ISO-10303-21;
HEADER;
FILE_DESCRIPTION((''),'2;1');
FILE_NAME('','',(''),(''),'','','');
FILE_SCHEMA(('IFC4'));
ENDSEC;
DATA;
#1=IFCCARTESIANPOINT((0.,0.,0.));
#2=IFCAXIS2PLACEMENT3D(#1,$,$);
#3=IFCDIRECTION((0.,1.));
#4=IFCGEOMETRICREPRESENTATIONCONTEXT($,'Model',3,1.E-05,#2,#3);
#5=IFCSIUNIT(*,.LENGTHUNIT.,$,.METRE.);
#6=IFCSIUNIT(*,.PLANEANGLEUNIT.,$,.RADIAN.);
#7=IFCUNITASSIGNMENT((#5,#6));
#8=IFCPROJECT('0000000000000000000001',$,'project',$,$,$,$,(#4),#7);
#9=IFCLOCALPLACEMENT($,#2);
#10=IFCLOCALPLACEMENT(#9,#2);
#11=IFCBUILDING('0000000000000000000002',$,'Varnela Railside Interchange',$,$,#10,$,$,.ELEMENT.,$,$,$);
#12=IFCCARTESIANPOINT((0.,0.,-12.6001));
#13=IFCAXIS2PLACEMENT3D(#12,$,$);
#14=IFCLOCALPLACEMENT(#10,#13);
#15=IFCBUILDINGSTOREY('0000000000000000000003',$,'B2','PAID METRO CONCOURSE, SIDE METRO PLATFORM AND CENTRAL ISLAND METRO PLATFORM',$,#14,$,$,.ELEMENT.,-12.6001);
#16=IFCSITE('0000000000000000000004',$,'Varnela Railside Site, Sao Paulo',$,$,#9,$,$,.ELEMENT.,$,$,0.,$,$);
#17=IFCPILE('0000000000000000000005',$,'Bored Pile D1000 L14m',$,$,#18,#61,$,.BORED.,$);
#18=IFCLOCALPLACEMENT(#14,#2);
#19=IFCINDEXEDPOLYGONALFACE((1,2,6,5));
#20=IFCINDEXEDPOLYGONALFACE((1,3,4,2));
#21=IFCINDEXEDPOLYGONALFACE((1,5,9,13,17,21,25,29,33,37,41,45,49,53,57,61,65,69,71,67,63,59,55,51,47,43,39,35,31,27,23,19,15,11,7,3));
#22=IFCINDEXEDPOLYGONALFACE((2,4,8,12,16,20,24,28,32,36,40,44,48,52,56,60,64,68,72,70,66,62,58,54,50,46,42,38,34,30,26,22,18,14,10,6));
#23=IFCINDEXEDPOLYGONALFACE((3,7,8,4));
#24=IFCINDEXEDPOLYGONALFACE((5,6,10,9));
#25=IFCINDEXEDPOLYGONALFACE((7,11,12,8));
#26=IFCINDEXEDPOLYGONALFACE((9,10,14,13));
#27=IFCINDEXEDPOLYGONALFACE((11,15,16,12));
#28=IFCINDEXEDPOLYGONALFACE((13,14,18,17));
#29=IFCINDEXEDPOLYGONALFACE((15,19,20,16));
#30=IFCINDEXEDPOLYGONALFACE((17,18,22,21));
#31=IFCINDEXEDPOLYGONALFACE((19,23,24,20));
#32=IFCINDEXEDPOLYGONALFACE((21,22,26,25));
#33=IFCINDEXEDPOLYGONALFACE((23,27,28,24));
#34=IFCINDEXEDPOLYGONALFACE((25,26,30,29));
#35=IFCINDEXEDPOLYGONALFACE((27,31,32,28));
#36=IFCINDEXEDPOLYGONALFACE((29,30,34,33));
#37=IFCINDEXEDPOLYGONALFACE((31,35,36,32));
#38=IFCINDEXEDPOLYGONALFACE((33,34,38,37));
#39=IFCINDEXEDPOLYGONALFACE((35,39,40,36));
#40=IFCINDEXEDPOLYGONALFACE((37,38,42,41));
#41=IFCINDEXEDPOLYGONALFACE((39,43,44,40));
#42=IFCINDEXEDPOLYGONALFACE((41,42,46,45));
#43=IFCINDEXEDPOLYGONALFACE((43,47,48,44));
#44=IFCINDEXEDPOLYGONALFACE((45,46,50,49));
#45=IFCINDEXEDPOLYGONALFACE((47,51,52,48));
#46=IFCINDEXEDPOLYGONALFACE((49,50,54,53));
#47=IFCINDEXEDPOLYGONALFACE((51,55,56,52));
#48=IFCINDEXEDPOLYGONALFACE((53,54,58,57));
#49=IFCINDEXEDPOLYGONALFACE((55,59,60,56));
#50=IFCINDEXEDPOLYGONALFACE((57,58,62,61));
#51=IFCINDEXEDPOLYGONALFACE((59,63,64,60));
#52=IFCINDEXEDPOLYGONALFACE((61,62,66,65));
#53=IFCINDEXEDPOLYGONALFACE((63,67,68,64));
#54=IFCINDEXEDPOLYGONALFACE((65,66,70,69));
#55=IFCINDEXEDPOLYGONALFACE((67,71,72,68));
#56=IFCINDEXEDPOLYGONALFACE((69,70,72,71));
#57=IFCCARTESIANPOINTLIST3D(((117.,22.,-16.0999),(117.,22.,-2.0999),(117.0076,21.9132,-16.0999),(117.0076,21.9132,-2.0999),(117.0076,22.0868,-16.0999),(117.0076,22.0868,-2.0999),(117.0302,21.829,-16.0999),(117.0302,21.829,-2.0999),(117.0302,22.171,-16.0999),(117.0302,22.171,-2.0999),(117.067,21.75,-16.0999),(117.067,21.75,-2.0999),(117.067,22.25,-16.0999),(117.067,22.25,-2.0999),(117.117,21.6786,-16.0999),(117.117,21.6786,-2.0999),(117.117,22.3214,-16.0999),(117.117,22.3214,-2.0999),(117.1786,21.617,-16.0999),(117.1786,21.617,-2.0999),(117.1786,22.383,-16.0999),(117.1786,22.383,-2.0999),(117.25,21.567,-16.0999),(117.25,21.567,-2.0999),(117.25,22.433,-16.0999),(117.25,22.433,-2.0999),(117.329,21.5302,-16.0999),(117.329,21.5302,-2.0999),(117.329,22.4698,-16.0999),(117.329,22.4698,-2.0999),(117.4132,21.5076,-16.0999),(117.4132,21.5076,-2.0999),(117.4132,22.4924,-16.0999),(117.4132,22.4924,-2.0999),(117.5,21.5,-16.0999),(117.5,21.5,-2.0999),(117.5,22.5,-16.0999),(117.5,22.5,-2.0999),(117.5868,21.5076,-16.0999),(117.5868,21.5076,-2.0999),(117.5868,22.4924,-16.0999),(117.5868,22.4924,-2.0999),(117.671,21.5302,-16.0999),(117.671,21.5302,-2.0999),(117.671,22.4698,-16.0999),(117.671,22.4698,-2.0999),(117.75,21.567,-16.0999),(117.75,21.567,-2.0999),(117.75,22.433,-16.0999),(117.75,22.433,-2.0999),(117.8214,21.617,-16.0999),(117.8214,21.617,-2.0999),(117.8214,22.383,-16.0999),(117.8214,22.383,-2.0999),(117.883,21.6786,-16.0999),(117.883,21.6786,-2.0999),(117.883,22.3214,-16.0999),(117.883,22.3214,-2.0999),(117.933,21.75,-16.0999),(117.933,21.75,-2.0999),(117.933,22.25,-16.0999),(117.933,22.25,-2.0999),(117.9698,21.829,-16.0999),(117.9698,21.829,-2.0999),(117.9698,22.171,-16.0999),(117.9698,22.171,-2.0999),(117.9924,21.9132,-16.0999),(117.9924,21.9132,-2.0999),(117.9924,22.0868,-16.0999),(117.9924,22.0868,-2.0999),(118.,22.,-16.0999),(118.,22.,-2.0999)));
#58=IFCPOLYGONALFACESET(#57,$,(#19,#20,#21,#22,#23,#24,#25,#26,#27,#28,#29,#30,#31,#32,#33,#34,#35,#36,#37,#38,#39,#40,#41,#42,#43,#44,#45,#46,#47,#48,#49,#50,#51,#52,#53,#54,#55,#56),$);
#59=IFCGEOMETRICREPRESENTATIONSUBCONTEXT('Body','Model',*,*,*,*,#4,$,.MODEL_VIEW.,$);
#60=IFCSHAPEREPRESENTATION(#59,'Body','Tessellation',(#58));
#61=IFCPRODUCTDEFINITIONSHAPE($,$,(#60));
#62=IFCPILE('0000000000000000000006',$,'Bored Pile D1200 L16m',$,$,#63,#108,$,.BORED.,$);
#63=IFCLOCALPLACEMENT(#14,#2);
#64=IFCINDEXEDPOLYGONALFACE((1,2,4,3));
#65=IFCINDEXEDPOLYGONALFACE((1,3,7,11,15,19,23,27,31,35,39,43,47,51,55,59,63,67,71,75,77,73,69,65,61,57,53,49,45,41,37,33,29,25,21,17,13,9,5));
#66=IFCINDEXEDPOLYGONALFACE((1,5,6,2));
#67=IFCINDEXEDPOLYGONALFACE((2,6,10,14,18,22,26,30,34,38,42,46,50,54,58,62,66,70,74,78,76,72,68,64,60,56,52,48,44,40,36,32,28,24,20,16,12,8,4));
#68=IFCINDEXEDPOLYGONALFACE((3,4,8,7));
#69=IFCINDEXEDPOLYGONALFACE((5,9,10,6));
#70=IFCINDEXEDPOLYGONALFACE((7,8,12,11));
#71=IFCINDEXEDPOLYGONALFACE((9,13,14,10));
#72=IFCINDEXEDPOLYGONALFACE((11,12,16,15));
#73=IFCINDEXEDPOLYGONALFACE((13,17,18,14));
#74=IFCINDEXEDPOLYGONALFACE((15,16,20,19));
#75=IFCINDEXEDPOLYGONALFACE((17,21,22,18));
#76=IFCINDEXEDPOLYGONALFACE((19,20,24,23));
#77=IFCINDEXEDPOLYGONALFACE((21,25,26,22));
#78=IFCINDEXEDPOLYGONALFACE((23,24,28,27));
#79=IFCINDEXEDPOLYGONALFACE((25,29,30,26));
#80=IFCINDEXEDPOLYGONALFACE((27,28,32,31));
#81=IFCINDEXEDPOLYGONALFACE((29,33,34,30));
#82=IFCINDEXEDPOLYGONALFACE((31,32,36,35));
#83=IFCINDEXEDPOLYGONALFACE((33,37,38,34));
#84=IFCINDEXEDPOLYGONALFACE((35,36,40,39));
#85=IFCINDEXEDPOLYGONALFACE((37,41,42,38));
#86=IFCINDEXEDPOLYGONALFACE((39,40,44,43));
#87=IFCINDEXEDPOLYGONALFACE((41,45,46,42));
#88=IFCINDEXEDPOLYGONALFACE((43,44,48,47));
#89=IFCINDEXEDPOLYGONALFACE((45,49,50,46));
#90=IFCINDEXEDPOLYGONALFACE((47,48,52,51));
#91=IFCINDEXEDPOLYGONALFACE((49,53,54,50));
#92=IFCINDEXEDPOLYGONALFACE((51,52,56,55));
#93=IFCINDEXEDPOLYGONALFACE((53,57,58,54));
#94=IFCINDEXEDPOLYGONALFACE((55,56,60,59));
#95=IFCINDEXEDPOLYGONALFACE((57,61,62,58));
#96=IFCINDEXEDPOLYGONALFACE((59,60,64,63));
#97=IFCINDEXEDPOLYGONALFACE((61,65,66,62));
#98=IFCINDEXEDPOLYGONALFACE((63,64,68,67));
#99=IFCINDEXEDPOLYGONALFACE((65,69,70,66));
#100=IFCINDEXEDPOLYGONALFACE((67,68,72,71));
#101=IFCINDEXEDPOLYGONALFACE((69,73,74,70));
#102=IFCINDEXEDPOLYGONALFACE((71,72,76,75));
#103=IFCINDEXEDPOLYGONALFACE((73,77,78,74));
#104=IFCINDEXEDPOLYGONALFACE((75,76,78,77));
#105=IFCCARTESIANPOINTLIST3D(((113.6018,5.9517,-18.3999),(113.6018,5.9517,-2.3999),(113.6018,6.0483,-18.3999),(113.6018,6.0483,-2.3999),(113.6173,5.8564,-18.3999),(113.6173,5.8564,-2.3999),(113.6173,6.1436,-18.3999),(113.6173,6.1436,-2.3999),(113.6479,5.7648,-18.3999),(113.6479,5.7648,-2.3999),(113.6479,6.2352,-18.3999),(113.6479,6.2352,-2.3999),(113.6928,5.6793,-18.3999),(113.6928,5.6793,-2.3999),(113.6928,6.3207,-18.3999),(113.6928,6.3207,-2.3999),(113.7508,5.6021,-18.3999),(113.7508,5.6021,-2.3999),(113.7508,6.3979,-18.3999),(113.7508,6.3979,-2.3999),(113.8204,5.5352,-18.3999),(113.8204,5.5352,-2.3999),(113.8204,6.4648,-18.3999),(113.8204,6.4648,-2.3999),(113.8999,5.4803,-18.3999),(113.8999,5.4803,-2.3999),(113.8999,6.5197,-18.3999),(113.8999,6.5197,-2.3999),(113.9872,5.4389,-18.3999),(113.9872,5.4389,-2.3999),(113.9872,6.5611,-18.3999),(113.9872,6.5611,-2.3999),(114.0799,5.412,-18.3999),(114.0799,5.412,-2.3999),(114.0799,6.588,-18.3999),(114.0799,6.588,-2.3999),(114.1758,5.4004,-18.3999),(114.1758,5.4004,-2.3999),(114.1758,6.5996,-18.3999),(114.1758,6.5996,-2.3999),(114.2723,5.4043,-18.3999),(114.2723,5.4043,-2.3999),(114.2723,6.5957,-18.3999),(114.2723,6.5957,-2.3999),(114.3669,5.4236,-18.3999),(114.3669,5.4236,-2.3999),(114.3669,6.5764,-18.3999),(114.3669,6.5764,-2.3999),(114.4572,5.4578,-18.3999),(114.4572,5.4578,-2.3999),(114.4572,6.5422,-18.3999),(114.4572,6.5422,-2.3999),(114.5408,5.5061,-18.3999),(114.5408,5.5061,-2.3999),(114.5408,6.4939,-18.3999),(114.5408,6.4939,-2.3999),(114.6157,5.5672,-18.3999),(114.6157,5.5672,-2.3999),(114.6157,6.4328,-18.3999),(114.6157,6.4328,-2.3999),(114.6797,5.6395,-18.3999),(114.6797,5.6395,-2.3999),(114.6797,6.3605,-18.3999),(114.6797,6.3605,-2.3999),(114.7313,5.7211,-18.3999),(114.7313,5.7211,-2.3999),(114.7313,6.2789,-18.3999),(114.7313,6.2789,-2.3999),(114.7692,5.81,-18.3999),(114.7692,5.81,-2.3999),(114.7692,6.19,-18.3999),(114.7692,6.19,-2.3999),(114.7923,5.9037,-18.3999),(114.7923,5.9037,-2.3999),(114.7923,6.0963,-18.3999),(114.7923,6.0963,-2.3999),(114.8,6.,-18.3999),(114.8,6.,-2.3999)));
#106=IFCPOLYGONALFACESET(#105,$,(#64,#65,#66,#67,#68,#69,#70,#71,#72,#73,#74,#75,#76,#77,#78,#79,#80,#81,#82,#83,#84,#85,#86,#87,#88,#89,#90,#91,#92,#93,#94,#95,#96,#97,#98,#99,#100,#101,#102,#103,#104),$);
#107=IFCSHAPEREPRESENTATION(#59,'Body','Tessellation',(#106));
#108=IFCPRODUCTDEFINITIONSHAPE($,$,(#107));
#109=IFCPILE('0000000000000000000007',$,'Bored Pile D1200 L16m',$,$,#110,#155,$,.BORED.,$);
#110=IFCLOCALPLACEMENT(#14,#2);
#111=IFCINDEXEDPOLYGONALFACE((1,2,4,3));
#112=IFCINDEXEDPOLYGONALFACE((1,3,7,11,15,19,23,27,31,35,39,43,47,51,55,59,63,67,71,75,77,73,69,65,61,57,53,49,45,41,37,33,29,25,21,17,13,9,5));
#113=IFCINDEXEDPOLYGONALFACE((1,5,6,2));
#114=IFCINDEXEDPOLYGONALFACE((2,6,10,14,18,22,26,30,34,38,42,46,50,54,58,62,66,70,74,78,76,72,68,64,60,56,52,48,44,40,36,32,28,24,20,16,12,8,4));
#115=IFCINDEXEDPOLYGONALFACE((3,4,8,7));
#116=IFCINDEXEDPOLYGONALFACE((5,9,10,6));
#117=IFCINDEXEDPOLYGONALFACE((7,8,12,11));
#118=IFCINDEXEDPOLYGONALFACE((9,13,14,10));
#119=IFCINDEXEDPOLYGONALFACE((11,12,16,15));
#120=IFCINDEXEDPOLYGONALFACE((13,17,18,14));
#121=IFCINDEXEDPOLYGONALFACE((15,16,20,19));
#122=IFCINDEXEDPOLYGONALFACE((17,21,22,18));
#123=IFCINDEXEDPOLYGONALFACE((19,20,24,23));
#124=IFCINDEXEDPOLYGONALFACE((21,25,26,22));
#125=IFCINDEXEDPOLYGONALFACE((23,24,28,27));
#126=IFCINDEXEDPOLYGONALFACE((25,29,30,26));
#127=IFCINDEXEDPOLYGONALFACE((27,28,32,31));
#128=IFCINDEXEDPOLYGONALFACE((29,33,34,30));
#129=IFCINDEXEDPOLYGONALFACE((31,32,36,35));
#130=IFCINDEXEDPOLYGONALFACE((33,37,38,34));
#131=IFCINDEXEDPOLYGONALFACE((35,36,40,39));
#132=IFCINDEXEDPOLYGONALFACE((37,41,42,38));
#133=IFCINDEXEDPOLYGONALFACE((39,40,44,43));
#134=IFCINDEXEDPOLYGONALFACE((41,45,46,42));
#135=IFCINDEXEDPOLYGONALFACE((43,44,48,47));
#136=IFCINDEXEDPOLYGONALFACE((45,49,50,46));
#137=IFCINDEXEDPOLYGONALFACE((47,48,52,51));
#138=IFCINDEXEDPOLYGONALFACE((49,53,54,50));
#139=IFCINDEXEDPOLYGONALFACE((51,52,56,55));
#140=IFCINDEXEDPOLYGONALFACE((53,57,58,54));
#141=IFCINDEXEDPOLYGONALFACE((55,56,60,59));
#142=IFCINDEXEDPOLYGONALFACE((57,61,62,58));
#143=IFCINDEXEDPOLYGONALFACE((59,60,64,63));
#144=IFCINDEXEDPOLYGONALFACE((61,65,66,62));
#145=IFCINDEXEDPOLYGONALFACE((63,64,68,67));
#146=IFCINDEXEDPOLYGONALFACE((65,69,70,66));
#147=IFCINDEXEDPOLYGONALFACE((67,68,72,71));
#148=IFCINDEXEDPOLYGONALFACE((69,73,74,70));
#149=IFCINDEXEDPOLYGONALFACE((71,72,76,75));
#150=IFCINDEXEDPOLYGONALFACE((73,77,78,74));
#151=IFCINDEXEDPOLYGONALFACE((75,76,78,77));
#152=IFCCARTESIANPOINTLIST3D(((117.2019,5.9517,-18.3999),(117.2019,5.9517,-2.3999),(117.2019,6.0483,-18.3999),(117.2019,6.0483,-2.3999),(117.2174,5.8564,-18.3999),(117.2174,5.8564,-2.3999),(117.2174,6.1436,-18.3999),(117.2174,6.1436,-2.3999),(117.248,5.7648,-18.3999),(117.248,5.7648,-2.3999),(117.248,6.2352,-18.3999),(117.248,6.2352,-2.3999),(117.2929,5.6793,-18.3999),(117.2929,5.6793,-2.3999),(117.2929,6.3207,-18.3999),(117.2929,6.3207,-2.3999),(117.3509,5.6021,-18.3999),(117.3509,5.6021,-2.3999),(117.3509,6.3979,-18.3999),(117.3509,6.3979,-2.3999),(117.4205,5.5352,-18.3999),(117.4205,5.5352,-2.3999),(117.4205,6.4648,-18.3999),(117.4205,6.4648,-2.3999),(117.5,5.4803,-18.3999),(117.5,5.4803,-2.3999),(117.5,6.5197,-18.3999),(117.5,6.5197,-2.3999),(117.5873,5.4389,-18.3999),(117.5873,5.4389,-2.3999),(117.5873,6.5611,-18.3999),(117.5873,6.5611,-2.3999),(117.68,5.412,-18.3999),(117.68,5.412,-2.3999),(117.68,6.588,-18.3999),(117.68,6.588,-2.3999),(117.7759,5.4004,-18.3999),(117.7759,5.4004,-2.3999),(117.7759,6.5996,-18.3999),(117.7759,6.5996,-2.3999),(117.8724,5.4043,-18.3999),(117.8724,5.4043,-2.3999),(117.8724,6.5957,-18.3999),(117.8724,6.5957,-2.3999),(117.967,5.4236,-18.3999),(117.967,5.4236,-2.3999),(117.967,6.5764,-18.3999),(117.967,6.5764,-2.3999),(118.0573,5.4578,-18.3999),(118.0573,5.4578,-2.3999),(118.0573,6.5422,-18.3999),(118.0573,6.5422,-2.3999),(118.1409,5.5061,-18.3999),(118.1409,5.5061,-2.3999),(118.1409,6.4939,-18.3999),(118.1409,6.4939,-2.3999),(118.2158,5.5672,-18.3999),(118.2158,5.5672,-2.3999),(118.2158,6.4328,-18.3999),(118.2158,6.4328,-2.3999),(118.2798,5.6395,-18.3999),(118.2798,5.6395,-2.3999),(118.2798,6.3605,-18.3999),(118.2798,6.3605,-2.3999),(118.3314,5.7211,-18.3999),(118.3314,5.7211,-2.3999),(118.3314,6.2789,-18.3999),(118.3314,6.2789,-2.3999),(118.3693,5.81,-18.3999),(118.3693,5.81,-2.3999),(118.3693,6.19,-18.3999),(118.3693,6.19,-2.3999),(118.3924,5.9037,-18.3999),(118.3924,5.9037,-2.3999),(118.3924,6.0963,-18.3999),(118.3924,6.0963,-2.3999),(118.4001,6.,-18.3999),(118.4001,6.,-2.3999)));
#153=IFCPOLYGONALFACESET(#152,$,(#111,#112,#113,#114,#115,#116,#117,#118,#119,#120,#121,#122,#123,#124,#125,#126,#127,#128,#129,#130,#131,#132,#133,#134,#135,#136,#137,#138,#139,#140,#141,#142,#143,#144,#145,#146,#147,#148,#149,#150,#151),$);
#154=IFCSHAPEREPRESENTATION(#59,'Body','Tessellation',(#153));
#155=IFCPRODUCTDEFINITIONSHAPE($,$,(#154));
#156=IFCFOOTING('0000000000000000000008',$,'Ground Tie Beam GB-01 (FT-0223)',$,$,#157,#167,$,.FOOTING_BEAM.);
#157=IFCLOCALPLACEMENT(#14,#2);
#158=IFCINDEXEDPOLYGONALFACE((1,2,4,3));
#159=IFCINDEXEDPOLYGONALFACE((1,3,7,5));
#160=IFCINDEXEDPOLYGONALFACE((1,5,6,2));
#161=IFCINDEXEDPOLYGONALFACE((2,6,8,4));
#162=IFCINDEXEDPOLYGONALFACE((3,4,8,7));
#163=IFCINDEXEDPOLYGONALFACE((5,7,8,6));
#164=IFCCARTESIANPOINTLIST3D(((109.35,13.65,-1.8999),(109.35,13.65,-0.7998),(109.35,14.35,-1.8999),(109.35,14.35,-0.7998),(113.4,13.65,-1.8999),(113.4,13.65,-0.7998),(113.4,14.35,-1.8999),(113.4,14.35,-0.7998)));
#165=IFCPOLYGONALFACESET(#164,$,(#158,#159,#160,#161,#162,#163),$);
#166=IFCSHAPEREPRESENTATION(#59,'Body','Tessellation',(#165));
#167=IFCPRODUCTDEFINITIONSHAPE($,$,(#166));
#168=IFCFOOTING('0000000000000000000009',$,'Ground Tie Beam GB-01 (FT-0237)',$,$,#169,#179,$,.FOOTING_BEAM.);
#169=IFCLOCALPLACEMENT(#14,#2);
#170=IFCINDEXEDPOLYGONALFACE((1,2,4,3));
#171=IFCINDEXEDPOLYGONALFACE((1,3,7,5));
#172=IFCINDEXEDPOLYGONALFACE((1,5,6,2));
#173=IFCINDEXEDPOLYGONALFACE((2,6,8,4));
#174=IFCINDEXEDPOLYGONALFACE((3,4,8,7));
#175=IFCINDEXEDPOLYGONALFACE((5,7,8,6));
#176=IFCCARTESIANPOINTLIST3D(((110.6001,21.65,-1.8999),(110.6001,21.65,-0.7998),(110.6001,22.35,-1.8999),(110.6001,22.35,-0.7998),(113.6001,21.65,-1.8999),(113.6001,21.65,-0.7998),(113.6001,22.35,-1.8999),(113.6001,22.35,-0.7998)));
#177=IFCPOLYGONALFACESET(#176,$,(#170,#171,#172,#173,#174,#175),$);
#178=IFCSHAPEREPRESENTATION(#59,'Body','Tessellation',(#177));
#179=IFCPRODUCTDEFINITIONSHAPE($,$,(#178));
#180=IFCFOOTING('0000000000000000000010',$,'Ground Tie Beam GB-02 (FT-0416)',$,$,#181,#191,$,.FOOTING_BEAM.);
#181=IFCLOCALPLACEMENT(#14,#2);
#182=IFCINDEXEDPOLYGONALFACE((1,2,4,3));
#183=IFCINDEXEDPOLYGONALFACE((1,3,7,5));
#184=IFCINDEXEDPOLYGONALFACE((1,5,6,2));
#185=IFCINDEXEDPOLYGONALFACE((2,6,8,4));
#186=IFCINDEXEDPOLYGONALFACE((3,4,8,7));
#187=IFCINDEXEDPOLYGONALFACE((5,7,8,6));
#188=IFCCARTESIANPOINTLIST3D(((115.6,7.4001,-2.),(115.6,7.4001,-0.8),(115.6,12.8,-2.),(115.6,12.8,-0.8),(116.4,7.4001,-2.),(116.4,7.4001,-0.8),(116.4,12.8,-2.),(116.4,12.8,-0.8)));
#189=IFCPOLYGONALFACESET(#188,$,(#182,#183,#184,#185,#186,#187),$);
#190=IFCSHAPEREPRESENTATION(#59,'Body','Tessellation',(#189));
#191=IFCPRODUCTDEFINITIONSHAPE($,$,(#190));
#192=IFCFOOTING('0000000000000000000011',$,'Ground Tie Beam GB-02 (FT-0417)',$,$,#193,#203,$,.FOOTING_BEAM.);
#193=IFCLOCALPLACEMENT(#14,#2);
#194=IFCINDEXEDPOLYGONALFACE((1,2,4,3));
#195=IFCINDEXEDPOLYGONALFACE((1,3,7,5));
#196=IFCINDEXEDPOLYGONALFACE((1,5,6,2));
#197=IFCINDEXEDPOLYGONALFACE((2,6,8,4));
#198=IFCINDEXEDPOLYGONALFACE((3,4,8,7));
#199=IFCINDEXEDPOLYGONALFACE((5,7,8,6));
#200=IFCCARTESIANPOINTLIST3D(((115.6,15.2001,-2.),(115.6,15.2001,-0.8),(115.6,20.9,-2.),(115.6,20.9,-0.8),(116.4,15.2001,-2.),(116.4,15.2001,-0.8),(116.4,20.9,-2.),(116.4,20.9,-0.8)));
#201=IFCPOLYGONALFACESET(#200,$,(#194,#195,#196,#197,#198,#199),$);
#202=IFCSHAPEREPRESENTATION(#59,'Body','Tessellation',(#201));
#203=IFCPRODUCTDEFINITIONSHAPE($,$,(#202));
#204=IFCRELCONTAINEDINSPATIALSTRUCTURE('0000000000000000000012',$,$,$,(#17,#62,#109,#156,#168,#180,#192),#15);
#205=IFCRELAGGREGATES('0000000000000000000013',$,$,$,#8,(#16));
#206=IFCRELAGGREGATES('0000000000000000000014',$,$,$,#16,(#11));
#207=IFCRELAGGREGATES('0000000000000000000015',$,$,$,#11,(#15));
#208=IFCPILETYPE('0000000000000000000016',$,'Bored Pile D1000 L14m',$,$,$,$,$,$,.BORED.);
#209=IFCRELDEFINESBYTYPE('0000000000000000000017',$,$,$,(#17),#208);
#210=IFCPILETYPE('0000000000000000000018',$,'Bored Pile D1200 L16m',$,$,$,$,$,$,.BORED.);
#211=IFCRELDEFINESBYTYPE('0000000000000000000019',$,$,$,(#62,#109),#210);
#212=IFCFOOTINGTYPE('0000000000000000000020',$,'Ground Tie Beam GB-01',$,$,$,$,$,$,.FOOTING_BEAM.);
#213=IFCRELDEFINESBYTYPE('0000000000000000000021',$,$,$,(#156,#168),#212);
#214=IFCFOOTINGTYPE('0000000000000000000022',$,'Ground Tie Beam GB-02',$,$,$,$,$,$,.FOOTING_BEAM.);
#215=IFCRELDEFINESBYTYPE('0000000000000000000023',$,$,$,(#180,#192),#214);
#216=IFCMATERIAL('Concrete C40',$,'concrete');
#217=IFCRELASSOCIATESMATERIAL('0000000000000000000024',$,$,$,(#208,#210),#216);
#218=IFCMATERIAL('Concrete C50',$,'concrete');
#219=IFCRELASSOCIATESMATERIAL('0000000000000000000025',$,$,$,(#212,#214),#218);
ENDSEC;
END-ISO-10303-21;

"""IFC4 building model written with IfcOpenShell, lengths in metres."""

from ifc_helpers import new_model, si_unit, direction, frame, origin, origin_2d, place, context, subcontext, project, spatial, rectangle, circle, extrude, material, material_profile, profile_set, type_object, element, save


model = new_model("IFC4")

# Units and contexts
model_context = context("Model", 3, precision=1e-05, world=origin(), true_north=direction((0.0, 1.0)))
body_context = subcontext(model_context, "Body", "Model", "MODEL_VIEW")
ifc_project = project(units=[si_unit("LENGTHUNIT", "METRE"), si_unit("PLANEANGLEUNIT", "RADIAN")], contexts=[model_context])

# Site, building, storey
site_placement = place(None, origin())
site = spatial("IfcSite", under=ifc_project, at=site_placement, Name="Varnela Railside Site, Sao Paulo", CompositionType="ELEMENT", RefElevation=0.0)
building_placement = place(site_placement, origin())
building = spatial("IfcBuilding", under=site, at=building_placement, Name="Varnela Railside Interchange", CompositionType="ELEMENT")
storey_placement = place(building_placement, frame((0.0, 0.0, -12.6001)))
storey = spatial("IfcBuildingStorey", under=building, at=storey_placement, Name="B2", Description="PAID METRO CONCOURSE, SIDE METRO PLATFORM AND CENTRAL ISLAND METRO PLATFORM", CompositionType="ELEMENT", Elevation=-12.6001)

# Piles
ifc_material_1 = material(Name="Concrete C40", Category="concrete")
ifc_material_profile_1 = material_profile(ifc_material_1, circle(Radius=0.5, at=origin_2d()), Name="BORED PILE D1000")
ifc_profile_set_1 = profile_set([ifc_material_profile_1], Name="Concrete C40")
pile_type_1 = type_object("IfcPileType", Name="Bored Pile D1000 L14m", PredefinedType="BORED", material=ifc_profile_set_1)
for number, where, z_axis, x_axis, name in (
    (1, (117.5, 22.0, -2.0999), (0.0, 0.0, -1.0), (1.0, 0.0, 0.0), "Bored Pile D1000 L14m"),
):
    element("IfcPile", number, at=place(storey_placement, frame(where, z_axis=z_axis, x_axis=x_axis)), inside=storey, type_object=pile_type_1, Name=name, PredefinedType="BORED", context=body_context, shape_type="SweptSolid", body=[
        extrude(circle(Radius=0.5, at=origin_2d()), origin(), (0.0, 0.0, 1.0), 14.0),
    ])
ifc_material_profile_2 = material_profile(ifc_material_1, circle(Radius=0.6001, at=origin_2d()), Name="BORED PILE D1200")
ifc_profile_set_2 = profile_set([ifc_material_profile_2], Name="Concrete C40")
pile_type_2 = type_object("IfcPileType", Name="Bored Pile D1200 L16m", PredefinedType="BORED", material=ifc_profile_set_2)
for number, where, z_axis, x_axis, name in (
    (2, (114.2, 6.0, -2.3999), (0.0, 0.0, -1.0), (1.0, 0.0, 0.0), "Bored Pile D1200 L16m"),
    (3, (117.8, 6.0, -2.3999), (0.0, 0.0, -1.0), (1.0, 0.0, 0.0), "Bored Pile D1200 L16m"),
):
    element("IfcPile", number, at=place(storey_placement, frame(where, z_axis=z_axis, x_axis=x_axis)), inside=storey, type_object=pile_type_2, Name=name, PredefinedType="BORED", context=body_context, shape_type="SweptSolid", body=[
        extrude(circle(Radius=0.6001, at=origin_2d()), origin(), (0.0, 0.0, 1.0), 16.0),
    ])

# Footings
ifc_material_2 = material(Name="Concrete C50", Category="concrete")
footing_type_1 = type_object("IfcFootingType", Name="Ground Tie Beam GB-01", PredefinedType="FOOTING_BEAM", material=ifc_material_2)
footing_1_placement = place(storey_placement, frame((111.375, 14.0, -1.8999), z_axis=(0.0, 0.0, 1.0), x_axis=(1.0, 0.0, 0.0)))
element("IfcFooting", 4, at=footing_1_placement, inside=storey, type_object=footing_type_1, Name="Ground Tie Beam GB-01 (FT-0223)", PredefinedType="FOOTING_BEAM", context=body_context, shape_type="SweptSolid", body=[
    extrude(rectangle(XDim=4.05, YDim=0.7, at=origin_2d()), origin(), (0.0, 0.0, 1.0), 1.1001),
])
footing_2_placement = place(storey_placement, frame((112.1001, 22.0, -1.8999), z_axis=(0.0, 0.0, 1.0), x_axis=(1.0, 0.0, 0.0)))
element("IfcFooting", 5, at=footing_2_placement, inside=storey, type_object=footing_type_1, Name="Ground Tie Beam GB-01 (FT-0237)", PredefinedType="FOOTING_BEAM", context=body_context, shape_type="SweptSolid", body=[
    extrude(rectangle(XDim=3.0, YDim=0.7, at=origin_2d()), origin(), (0.0, 0.0, 1.0), 1.1001),
])
footing_type_2 = type_object("IfcFootingType", Name="Ground Tie Beam GB-02", PredefinedType="FOOTING_BEAM", material=ifc_material_2)
footing_3_placement = place(storey_placement, frame((116.0, 10.1001, -2.0), z_axis=(0.0, 0.0, 1.0), x_axis=(1.0, 0.0, 0.0)))
element("IfcFooting", 6, at=footing_3_placement, inside=storey, type_object=footing_type_2, Name="Ground Tie Beam GB-02 (FT-0416)", PredefinedType="FOOTING_BEAM", context=body_context, shape_type="SweptSolid", body=[
    extrude(rectangle(XDim=0.8, YDim=5.3999, at=origin_2d()), origin(), (0.0, 0.0, 1.0), 1.2),
])
footing_4_placement = place(storey_placement, frame((116.0, 18.05, -2.0), z_axis=(0.0, 0.0, 1.0), x_axis=(1.0, 0.0, 0.0)))
element("IfcFooting", 7, at=footing_4_placement, inside=storey, type_object=footing_type_2, Name="Ground Tie Beam GB-02 (FT-0417)", PredefinedType="FOOTING_BEAM", context=body_context, shape_type="SweptSolid", body=[
    extrude(rectangle(XDim=0.8, YDim=5.7, at=origin_2d()), origin(), (0.0, 0.0, 1.0), 1.2),
])

save(model, "model.ifc")
